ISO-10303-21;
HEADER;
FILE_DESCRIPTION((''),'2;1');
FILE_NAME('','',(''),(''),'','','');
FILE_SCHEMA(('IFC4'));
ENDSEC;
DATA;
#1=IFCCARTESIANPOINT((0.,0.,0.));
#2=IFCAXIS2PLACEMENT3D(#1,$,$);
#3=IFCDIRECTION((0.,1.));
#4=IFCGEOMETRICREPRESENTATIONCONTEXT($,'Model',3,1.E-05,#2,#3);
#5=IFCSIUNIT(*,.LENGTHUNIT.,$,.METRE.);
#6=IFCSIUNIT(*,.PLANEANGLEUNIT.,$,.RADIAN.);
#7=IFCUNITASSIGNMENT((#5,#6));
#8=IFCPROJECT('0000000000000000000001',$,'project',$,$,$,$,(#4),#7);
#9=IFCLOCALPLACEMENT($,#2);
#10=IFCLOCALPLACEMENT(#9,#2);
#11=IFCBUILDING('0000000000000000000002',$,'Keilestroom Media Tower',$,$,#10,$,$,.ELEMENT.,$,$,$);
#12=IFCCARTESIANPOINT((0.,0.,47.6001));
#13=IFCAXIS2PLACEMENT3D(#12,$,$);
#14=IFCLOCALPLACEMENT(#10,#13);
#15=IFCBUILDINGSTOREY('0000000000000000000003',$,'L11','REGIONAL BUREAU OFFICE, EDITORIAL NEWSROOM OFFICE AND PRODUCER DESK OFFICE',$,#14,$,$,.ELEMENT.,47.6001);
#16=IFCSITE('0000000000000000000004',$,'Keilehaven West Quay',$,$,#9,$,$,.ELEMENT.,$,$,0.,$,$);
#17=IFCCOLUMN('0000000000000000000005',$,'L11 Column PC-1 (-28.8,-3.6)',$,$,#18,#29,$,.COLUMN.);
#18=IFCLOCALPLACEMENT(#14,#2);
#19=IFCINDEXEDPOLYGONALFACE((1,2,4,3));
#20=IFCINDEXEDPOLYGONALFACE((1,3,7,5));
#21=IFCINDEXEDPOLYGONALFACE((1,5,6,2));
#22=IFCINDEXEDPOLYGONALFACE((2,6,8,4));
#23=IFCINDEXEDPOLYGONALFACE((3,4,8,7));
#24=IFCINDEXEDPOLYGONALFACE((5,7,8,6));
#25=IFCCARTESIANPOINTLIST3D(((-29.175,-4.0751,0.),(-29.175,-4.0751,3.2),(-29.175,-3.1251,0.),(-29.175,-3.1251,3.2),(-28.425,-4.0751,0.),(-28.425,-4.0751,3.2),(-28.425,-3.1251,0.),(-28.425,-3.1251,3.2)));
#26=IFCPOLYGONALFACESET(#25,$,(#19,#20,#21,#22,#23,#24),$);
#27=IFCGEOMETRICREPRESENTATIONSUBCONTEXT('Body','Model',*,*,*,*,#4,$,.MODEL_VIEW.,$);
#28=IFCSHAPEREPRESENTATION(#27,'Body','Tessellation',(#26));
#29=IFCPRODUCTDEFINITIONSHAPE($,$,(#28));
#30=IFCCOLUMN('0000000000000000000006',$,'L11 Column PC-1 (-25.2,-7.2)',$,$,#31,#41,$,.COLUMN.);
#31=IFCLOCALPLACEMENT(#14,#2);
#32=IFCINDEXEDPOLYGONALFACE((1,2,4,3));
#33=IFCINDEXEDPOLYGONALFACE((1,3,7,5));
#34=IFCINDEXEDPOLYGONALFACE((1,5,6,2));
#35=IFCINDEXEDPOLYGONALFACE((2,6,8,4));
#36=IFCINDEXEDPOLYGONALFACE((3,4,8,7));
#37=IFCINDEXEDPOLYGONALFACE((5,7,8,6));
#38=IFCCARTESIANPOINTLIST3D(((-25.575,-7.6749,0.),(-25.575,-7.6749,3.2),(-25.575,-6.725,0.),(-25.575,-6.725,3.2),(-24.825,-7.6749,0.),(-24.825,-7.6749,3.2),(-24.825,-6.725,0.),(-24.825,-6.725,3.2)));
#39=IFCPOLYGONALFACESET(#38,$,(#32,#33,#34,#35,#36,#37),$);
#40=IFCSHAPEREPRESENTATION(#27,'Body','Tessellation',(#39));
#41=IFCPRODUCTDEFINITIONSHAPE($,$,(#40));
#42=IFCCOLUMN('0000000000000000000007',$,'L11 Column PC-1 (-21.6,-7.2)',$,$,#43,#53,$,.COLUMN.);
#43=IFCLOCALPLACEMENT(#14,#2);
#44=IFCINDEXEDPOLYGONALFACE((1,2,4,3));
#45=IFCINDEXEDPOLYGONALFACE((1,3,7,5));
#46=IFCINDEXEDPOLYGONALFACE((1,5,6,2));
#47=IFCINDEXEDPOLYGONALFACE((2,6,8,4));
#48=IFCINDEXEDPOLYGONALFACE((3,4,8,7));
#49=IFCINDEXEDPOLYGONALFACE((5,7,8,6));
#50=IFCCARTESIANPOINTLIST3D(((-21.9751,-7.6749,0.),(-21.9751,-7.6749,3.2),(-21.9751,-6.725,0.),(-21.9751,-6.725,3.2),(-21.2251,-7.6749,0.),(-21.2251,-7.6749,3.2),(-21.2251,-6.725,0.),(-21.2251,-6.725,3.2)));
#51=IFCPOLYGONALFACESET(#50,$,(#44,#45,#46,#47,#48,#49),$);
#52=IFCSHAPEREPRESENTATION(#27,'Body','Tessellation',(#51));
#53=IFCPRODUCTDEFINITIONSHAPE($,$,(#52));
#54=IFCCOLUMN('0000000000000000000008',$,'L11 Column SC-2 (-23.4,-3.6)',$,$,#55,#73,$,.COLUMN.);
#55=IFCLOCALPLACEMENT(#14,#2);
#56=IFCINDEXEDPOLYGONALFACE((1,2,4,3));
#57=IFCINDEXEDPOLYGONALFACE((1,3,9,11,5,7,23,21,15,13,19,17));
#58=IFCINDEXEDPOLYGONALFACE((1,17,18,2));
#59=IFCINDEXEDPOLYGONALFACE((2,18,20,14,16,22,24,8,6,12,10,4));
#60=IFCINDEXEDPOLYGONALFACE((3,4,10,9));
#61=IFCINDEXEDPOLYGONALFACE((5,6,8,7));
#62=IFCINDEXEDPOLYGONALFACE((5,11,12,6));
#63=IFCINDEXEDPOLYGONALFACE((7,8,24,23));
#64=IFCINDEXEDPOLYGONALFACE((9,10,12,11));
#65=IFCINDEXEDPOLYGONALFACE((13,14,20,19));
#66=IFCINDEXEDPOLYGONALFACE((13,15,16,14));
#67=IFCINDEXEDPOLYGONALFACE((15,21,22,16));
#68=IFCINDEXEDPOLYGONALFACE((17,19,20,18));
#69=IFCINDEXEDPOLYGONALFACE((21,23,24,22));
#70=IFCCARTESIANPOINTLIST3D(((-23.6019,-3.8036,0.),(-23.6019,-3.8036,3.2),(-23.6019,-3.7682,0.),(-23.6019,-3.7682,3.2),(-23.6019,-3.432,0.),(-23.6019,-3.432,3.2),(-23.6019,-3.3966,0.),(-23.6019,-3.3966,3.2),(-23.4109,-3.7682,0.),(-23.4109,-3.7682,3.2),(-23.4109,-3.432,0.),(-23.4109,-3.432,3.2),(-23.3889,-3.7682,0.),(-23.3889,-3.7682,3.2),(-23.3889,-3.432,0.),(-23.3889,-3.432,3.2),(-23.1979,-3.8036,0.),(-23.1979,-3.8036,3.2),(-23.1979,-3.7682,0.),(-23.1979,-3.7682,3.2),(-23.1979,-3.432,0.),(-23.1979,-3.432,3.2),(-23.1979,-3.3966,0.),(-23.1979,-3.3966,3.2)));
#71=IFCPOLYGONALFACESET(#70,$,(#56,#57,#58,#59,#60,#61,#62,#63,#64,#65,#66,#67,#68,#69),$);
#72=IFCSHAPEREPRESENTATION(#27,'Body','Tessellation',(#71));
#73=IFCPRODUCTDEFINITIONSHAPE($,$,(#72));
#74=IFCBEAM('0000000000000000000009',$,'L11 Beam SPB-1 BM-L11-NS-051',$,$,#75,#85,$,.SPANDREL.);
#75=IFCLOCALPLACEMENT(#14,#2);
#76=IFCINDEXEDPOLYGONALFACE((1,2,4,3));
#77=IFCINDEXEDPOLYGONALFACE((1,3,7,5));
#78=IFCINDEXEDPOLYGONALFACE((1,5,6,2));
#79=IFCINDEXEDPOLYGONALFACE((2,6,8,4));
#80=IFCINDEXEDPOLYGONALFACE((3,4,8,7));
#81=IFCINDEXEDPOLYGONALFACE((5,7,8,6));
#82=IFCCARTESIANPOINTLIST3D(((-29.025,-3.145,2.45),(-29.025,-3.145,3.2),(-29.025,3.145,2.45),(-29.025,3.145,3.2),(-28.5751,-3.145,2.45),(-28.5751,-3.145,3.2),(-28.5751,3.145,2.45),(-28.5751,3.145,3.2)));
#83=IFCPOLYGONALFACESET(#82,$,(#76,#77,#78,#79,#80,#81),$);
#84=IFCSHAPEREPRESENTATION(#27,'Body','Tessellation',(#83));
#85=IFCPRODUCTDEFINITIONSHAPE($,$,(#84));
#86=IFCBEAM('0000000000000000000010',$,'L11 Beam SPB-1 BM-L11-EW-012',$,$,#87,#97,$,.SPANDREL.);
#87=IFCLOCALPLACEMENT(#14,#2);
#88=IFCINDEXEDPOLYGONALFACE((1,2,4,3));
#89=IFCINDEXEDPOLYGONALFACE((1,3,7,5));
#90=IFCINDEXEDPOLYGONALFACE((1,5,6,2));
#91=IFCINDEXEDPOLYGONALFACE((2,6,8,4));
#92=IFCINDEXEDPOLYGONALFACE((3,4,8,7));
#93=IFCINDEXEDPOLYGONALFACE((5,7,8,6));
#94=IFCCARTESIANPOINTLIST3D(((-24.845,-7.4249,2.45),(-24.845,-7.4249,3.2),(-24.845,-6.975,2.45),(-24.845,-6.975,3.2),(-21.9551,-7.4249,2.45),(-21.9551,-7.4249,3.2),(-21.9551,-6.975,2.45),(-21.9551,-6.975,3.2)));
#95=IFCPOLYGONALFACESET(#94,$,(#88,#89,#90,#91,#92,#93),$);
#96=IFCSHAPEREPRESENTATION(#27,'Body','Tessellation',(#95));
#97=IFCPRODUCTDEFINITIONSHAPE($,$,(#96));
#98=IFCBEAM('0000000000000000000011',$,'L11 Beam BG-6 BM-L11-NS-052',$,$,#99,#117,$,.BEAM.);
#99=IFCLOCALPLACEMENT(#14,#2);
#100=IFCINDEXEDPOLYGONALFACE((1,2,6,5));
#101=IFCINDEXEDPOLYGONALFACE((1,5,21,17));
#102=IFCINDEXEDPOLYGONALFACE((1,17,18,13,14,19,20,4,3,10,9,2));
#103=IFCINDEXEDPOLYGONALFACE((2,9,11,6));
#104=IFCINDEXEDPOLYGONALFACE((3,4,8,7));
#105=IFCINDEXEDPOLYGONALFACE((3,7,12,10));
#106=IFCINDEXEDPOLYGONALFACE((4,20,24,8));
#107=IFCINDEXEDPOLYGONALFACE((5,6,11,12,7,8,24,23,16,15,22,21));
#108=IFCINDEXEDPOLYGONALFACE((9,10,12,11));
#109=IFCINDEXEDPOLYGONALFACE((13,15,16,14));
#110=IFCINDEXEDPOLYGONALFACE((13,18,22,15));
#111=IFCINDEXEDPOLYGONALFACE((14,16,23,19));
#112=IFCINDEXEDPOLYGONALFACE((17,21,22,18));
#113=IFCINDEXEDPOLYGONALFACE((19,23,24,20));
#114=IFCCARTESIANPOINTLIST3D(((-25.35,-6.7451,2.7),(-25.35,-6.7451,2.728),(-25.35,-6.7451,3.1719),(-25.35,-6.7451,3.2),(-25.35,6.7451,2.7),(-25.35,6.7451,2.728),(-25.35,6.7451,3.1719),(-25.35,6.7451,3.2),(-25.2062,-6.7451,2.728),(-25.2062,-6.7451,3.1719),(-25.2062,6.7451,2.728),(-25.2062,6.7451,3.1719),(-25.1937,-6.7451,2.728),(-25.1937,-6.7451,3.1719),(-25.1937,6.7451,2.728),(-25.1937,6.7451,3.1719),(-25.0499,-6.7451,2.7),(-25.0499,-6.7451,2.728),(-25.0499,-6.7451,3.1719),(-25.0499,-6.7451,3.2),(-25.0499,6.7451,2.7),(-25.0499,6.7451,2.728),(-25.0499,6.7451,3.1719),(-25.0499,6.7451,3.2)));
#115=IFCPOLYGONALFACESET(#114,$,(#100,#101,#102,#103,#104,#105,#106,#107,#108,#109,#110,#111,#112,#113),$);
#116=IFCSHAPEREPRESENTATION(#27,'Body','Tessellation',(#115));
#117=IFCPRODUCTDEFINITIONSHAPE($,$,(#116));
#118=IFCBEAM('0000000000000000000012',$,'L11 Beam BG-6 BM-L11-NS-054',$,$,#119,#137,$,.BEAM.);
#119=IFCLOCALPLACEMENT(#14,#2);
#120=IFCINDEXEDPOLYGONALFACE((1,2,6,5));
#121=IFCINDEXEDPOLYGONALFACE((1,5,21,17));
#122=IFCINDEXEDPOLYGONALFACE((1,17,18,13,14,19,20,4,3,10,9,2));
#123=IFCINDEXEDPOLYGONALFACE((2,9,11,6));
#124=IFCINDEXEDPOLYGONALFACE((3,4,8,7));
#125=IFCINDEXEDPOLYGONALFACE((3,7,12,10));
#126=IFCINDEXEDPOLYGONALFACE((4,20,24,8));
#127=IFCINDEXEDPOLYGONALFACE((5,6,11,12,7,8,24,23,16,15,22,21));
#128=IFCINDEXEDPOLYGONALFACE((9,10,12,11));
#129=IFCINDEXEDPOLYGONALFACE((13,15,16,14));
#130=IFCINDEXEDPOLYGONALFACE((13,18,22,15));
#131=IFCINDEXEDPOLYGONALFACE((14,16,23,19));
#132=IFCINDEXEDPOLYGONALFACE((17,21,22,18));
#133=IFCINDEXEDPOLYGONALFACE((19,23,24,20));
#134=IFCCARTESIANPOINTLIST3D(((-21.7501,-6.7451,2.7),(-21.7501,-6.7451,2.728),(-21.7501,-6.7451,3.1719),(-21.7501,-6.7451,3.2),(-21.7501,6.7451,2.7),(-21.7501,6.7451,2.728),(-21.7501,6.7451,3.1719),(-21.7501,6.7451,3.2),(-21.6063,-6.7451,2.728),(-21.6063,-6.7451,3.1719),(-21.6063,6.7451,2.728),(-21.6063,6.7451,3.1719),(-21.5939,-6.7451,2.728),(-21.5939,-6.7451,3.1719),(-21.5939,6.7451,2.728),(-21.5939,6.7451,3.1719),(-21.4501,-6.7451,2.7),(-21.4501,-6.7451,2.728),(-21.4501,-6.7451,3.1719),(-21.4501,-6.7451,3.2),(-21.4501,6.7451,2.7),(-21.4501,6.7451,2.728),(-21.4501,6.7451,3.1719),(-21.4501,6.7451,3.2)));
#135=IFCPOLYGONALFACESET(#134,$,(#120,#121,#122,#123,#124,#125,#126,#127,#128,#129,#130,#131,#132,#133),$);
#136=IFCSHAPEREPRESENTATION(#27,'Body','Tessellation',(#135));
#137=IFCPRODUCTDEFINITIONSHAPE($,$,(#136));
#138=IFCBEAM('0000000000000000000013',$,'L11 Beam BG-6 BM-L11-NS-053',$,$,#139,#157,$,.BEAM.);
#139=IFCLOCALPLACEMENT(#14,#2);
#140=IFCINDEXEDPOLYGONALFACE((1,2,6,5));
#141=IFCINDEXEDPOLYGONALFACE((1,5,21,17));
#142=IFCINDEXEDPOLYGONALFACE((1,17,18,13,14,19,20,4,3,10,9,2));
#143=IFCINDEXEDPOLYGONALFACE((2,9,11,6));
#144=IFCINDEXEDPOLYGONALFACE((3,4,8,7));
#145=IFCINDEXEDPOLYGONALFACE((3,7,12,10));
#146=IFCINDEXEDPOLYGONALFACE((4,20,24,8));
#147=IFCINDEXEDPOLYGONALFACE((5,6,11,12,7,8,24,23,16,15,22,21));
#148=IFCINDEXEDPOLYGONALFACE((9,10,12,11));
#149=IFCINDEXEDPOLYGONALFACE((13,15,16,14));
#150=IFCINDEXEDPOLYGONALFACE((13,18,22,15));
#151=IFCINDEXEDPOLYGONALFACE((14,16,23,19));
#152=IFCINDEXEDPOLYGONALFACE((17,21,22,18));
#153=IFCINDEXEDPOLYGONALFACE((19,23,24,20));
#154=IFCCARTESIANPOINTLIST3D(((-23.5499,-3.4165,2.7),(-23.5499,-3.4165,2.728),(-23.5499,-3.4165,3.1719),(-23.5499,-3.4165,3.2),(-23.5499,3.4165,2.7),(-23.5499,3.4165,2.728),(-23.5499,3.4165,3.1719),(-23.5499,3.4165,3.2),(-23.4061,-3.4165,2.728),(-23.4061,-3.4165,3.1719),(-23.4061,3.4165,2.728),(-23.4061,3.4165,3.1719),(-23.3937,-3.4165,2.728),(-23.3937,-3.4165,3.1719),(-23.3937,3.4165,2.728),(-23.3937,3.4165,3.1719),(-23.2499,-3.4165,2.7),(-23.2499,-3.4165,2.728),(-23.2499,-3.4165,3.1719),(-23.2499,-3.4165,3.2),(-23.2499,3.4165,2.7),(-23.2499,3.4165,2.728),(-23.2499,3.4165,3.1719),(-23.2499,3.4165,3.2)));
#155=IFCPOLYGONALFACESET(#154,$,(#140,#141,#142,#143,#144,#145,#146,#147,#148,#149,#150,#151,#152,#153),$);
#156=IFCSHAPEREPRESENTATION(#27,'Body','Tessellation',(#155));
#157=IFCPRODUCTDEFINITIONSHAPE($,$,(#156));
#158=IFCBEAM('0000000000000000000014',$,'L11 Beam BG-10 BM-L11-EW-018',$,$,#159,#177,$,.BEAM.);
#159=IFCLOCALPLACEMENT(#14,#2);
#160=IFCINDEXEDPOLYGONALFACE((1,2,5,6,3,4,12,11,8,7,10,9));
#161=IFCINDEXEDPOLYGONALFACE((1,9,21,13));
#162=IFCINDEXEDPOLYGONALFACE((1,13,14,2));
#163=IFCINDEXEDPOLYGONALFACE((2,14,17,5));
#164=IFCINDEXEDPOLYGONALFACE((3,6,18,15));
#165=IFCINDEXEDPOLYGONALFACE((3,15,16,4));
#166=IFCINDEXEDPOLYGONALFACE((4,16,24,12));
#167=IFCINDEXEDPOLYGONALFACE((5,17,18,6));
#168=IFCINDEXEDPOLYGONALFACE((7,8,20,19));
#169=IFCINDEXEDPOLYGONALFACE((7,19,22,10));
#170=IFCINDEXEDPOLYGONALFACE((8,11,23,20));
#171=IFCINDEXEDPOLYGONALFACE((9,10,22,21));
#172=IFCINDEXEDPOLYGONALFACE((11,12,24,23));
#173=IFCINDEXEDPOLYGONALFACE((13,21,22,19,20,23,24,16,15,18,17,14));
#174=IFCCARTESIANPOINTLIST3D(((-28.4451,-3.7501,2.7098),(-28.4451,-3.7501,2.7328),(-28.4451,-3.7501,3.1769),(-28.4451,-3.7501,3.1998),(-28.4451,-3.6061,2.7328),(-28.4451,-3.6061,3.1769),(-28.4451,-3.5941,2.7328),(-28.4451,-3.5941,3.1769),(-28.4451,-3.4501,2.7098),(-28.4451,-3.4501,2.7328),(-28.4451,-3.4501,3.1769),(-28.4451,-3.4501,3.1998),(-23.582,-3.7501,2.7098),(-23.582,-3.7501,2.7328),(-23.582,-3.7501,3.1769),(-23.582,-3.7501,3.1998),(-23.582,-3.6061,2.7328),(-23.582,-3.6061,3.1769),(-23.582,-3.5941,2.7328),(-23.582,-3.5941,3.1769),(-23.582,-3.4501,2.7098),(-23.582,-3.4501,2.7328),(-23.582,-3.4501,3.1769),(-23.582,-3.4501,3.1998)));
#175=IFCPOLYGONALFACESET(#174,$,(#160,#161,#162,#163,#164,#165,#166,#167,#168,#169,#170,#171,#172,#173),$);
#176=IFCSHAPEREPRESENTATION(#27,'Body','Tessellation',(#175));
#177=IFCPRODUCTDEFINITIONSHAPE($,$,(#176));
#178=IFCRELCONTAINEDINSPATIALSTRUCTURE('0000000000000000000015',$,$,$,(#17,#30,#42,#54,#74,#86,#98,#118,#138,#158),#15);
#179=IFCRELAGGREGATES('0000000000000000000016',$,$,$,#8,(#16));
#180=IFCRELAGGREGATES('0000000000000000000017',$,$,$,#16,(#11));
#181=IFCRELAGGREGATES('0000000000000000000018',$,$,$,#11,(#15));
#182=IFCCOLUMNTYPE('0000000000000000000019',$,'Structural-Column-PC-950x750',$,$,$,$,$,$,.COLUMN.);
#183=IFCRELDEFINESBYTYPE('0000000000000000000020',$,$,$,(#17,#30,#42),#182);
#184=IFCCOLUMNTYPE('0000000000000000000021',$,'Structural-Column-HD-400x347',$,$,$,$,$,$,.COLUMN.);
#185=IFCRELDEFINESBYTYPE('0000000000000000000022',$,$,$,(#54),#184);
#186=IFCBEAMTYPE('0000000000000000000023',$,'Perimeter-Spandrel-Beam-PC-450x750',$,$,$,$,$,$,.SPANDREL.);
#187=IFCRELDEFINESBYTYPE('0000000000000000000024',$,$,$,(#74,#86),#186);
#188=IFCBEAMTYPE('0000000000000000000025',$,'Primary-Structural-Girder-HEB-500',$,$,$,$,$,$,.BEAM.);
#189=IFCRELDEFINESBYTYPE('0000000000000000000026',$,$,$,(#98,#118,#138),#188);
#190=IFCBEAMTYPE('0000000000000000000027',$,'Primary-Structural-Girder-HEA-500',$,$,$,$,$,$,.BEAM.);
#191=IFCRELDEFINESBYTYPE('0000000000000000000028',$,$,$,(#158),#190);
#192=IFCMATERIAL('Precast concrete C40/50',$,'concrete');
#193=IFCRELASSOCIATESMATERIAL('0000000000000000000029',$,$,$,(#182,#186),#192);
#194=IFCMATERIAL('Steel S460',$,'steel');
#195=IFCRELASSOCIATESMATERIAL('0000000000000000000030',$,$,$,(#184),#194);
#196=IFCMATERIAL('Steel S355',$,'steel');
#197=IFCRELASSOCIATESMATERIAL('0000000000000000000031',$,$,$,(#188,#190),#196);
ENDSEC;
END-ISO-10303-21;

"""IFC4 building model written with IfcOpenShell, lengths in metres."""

from ifc_helpers import new_model, si_unit, direction, frame, origin, origin_2d, place, context, subcontext, project, spatial, rectangle, i_section, extrude, source, transform, mapped, material, material_profile, profile_set, type_object, element, save


model = new_model("IFC4")

# Units and contexts
model_context = context("Model", 3, precision=1e-05, world=origin(), true_north=direction((0.0, 1.0)))
body_context = subcontext(model_context, "Body", "Model", "MODEL_VIEW")
ifc_project = project(units=[si_unit("LENGTHUNIT", "METRE"), si_unit("PLANEANGLEUNIT", "RADIAN")], contexts=[model_context])

# Site, building, storey
site_placement = place(None, origin())
site = spatial("IfcSite", under=ifc_project, at=site_placement, Name="Keilehaven West Quay", CompositionType="ELEMENT", RefElevation=0.0)
building_placement = place(site_placement, origin())
building = spatial("IfcBuilding", under=site, at=building_placement, Name="Keilestroom Media Tower", CompositionType="ELEMENT")
storey_placement = place(building_placement, frame((0.0, 0.0, 47.6001)))
storey = spatial("IfcBuildingStorey", under=building, at=storey_placement, Name="L11", Description="REGIONAL BUREAU OFFICE, EDITORIAL NEWSROOM OFFICE AND PRODUCER DESK OFFICE", CompositionType="ELEMENT", Elevation=47.6001)

# Columns
ifc_material_1 = material(Name="Precast concrete C40/50", Category="concrete")
ifc_material_profile_1 = material_profile(ifc_material_1, rectangle(XDim=0.75, YDim=0.95, at=origin_2d()), Name="PC 950x750")
ifc_profile_set_1 = profile_set([ifc_material_profile_1], Name="Precast concrete C40/50")
column_type_1 = type_object("IfcColumnType", Name="Structural-Column-PC-950x750", PredefinedType="COLUMN", material=ifc_profile_set_1)
shared_shape_1 = source(origin(), body_context, "Body", "SweptSolid", [
    extrude(rectangle(XDim=0.75, YDim=0.95, at=origin_2d()), origin(), (0.0, 0.0, 1.0), 3.2),
])
for number, where, z_axis, x_axis, name in (
    (1, (-28.8, -3.6001, 0.0), (0.0, 0.0, 1.0), (1.0, 0.0, 0.0), "L11 Column PC-1 (-28.8,-3.6)"),
    (2, (-25.2, -7.2, 0.0), (0.0, 0.0, 1.0), (1.0, 0.0, 0.0), "L11 Column PC-1 (-25.2,-7.2)"),
    (3, (-21.6001, -7.2, 0.0), (0.0, 0.0, 1.0), (1.0, 0.0, 0.0), "L11 Column PC-1 (-21.6,-7.2)"),
):
    element("IfcColumn", number, at=place(storey_placement, frame(where, z_axis=z_axis, x_axis=x_axis)), inside=storey, type_object=column_type_1, Name=name, PredefinedType="COLUMN", context=body_context, shape_type="MappedRepresentation", body=[
        mapped(shared_shape_1, transform((0.0, 0.0, 0.0), x_axis=(1.0, 0.0, 0.0), y_axis=(0.0, 1.0, 0.0), z_axis=(0.0, 0.0, 1.0), scale=1.0)),
    ])
ifc_material_2 = material(Name="Steel S460", Category="steel")
ifc_material_profile_2 = material_profile(ifc_material_2, i_section(OverallWidth=0.4041, OverallDepth=0.407, WebThickness=0.022, FlangeThickness=0.0354, at=origin_2d()), Name="HD 400x347")
ifc_profile_set_2 = profile_set([ifc_material_profile_2], Name="Steel S460")
column_type_2 = type_object("IfcColumnType", Name="Structural-Column-HD-400x347", PredefinedType="COLUMN", material=ifc_profile_set_2)
shared_shape_2 = source(origin(), body_context, "Body", "SweptSolid", [
    extrude(i_section(OverallWidth=0.4041, OverallDepth=0.407, WebThickness=0.022, FlangeThickness=0.0354, at=origin_2d()), origin(), (0.0, 0.0, 1.0), 3.2),
])
column_placement = place(storey_placement, frame((-23.3999, -3.6001, 0.0), z_axis=(0.0, 0.0, 1.0), x_axis=(1.0, 0.0, 0.0)))
element("IfcColumn", 4, at=column_placement, inside=storey, type_object=column_type_2, Name="L11 Column SC-2 (-23.4,-3.6)", PredefinedType="COLUMN", context=body_context, shape_type="MappedRepresentation", body=[
    mapped(shared_shape_2, transform((0.0, 0.0, 0.0), x_axis=(1.0, 0.0, 0.0), y_axis=(0.0, 1.0, 0.0), z_axis=(0.0, 0.0, 1.0), scale=1.0)),
])

# Beams
ifc_material_profile_3 = material_profile(ifc_material_1, rectangle(XDim=0.45, YDim=0.75, at=origin_2d()), Name="PC 450x750")
ifc_profile_set_3 = profile_set([ifc_material_profile_3], Name="Precast concrete C40/50")
beam_type_1 = type_object("IfcBeamType", Name="Perimeter-Spandrel-Beam-PC-450x750", PredefinedType="SPANDREL", material=ifc_profile_set_3)
shared_shape_3 = source(origin(), body_context, "Body", "SweptSolid", [
    extrude(rectangle(XDim=0.45, YDim=0.75, at=origin_2d()), origin(), (0.0, 0.0, 1.0), 6.29),
])
beam_1_placement = place(storey_placement, frame((-28.8, -3.145, 2.825), z_axis=(0.0, 1.0, 0.0), x_axis=(-1.0, 0.0, 0.0)))
element("IfcBeam", 5, at=beam_1_placement, inside=storey, type_object=beam_type_1, Name="L11 Beam SPB-1 BM-L11-NS-051", PredefinedType="SPANDREL", context=body_context, shape_type="MappedRepresentation", body=[
    mapped(shared_shape_3, transform((0.0, 0.0, 0.0), x_axis=(1.0, 0.0, 0.0), y_axis=(0.0, 1.0, 0.0), z_axis=(0.0, 0.0, 1.0), scale=1.0)),
])
shared_shape_4 = source(origin(), body_context, "Body", "SweptSolid", [
    extrude(rectangle(XDim=0.45, YDim=0.75, at=origin_2d()), origin(), (0.0, 0.0, 1.0), 2.8899),
])
beam_2_placement = place(storey_placement, frame((-24.845, -7.2, 2.825), z_axis=(1.0, 0.0, 0.0), x_axis=(0.0, 1.0, 0.0)))
element("IfcBeam", 6, at=beam_2_placement, inside=storey, type_object=beam_type_1, Name="L11 Beam SPB-1 BM-L11-EW-012", PredefinedType="SPANDREL", context=body_context, shape_type="MappedRepresentation", body=[
    mapped(shared_shape_4, transform((0.0, 0.0, 0.0), x_axis=(1.0, 0.0, 0.0), y_axis=(0.0, 1.0, 0.0), z_axis=(0.0, 0.0, 1.0), scale=1.0)),
])
ifc_material_3 = material(Name="Steel S355", Category="steel")
ifc_material_profile_4 = material_profile(ifc_material_3, i_section(OverallWidth=0.3, OverallDepth=0.5, WebThickness=0.0125, FlangeThickness=0.0281, at=origin_2d()), Name="HEB 500")
ifc_profile_set_4 = profile_set([ifc_material_profile_4], Name="Steel S355")
beam_type_2 = type_object("IfcBeamType", Name="Primary-Structural-Girder-HEB-500", PredefinedType="BEAM", material=ifc_profile_set_4)
shared_shape_5 = source(origin(), body_context, "Body", "SweptSolid", [
    extrude(i_section(OverallWidth=0.3, OverallDepth=0.5, WebThickness=0.0125, FlangeThickness=0.0281, at=origin_2d()), origin(), (0.0, 0.0, 1.0), 13.4902),
])
for number, where, z_axis, x_axis, name in (
    (7, (-25.2, -6.7451, 2.95), (0.0, 1.0, 0.0), (-1.0, 0.0, 0.0), "L11 Beam BG-6 BM-L11-NS-052"),
    (8, (-21.6001, -6.7451, 2.95), (0.0, 1.0, 0.0), (-1.0, 0.0, 0.0), "L11 Beam BG-6 BM-L11-NS-054"),
):
    element("IfcBeam", number, at=place(storey_placement, frame(where, z_axis=z_axis, x_axis=x_axis)), inside=storey, type_object=beam_type_2, Name=name, PredefinedType="BEAM", context=body_context, shape_type="MappedRepresentation", body=[
        mapped(shared_shape_5, transform((0.0, 0.0, 0.0), x_axis=(1.0, 0.0, 0.0), y_axis=(0.0, 1.0, 0.0), z_axis=(0.0, 0.0, 1.0), scale=1.0)),
    ])
shared_shape_6 = source(origin(), body_context, "Body", "SweptSolid", [
    extrude(i_section(OverallWidth=0.3, OverallDepth=0.5, WebThickness=0.0125, FlangeThickness=0.0281, at=origin_2d()), origin(), (0.0, 0.0, 1.0), 6.833),
])
beam_3_placement = place(storey_placement, frame((-23.3999, -3.4165, 2.95), z_axis=(0.0, 1.0, 0.0), x_axis=(-1.0, 0.0, 0.0)))
element("IfcBeam", 9, at=beam_3_placement, inside=storey, type_object=beam_type_2, Name="L11 Beam BG-6 BM-L11-NS-053", PredefinedType="BEAM", context=body_context, shape_type="MappedRepresentation", body=[
    mapped(shared_shape_6, transform((0.0, 0.0, 0.0), x_axis=(1.0, 0.0, 0.0), y_axis=(0.0, 1.0, 0.0), z_axis=(0.0, 0.0, 1.0), scale=1.0)),
])
ifc_material_profile_5 = material_profile(ifc_material_3, i_section(OverallWidth=0.3, OverallDepth=0.49, WebThickness=0.012, FlangeThickness=0.0229, at=origin_2d()), Name="HEA 500")
ifc_profile_set_5 = profile_set([ifc_material_profile_5], Name="Steel S355")
beam_type_3 = type_object("IfcBeamType", Name="Primary-Structural-Girder-HEA-500", PredefinedType="BEAM", material=ifc_profile_set_5)
shared_shape_7 = source(origin(), body_context, "Body", "SweptSolid", [
    extrude(i_section(OverallWidth=0.3, OverallDepth=0.49, WebThickness=0.012, FlangeThickness=0.0229, at=origin_2d()), origin(), (0.0, 0.0, 1.0), 4.863),
])
beam_4_placement = place(storey_placement, frame((-28.4451, -3.6001, 2.9548), z_axis=(1.0, 0.0, 0.0), x_axis=(0.0, 1.0, 0.0)))
element("IfcBeam", 10, at=beam_4_placement, inside=storey, type_object=beam_type_3, Name="L11 Beam BG-10 BM-L11-EW-018", PredefinedType="BEAM", context=body_context, shape_type="MappedRepresentation", body=[
    mapped(shared_shape_7, transform((0.0, 0.0, 0.0), x_axis=(1.0, 0.0, 0.0), y_axis=(0.0, 1.0, 0.0), z_axis=(0.0, 0.0, 1.0), scale=1.0)),
])

save(model, "model.ifc")
